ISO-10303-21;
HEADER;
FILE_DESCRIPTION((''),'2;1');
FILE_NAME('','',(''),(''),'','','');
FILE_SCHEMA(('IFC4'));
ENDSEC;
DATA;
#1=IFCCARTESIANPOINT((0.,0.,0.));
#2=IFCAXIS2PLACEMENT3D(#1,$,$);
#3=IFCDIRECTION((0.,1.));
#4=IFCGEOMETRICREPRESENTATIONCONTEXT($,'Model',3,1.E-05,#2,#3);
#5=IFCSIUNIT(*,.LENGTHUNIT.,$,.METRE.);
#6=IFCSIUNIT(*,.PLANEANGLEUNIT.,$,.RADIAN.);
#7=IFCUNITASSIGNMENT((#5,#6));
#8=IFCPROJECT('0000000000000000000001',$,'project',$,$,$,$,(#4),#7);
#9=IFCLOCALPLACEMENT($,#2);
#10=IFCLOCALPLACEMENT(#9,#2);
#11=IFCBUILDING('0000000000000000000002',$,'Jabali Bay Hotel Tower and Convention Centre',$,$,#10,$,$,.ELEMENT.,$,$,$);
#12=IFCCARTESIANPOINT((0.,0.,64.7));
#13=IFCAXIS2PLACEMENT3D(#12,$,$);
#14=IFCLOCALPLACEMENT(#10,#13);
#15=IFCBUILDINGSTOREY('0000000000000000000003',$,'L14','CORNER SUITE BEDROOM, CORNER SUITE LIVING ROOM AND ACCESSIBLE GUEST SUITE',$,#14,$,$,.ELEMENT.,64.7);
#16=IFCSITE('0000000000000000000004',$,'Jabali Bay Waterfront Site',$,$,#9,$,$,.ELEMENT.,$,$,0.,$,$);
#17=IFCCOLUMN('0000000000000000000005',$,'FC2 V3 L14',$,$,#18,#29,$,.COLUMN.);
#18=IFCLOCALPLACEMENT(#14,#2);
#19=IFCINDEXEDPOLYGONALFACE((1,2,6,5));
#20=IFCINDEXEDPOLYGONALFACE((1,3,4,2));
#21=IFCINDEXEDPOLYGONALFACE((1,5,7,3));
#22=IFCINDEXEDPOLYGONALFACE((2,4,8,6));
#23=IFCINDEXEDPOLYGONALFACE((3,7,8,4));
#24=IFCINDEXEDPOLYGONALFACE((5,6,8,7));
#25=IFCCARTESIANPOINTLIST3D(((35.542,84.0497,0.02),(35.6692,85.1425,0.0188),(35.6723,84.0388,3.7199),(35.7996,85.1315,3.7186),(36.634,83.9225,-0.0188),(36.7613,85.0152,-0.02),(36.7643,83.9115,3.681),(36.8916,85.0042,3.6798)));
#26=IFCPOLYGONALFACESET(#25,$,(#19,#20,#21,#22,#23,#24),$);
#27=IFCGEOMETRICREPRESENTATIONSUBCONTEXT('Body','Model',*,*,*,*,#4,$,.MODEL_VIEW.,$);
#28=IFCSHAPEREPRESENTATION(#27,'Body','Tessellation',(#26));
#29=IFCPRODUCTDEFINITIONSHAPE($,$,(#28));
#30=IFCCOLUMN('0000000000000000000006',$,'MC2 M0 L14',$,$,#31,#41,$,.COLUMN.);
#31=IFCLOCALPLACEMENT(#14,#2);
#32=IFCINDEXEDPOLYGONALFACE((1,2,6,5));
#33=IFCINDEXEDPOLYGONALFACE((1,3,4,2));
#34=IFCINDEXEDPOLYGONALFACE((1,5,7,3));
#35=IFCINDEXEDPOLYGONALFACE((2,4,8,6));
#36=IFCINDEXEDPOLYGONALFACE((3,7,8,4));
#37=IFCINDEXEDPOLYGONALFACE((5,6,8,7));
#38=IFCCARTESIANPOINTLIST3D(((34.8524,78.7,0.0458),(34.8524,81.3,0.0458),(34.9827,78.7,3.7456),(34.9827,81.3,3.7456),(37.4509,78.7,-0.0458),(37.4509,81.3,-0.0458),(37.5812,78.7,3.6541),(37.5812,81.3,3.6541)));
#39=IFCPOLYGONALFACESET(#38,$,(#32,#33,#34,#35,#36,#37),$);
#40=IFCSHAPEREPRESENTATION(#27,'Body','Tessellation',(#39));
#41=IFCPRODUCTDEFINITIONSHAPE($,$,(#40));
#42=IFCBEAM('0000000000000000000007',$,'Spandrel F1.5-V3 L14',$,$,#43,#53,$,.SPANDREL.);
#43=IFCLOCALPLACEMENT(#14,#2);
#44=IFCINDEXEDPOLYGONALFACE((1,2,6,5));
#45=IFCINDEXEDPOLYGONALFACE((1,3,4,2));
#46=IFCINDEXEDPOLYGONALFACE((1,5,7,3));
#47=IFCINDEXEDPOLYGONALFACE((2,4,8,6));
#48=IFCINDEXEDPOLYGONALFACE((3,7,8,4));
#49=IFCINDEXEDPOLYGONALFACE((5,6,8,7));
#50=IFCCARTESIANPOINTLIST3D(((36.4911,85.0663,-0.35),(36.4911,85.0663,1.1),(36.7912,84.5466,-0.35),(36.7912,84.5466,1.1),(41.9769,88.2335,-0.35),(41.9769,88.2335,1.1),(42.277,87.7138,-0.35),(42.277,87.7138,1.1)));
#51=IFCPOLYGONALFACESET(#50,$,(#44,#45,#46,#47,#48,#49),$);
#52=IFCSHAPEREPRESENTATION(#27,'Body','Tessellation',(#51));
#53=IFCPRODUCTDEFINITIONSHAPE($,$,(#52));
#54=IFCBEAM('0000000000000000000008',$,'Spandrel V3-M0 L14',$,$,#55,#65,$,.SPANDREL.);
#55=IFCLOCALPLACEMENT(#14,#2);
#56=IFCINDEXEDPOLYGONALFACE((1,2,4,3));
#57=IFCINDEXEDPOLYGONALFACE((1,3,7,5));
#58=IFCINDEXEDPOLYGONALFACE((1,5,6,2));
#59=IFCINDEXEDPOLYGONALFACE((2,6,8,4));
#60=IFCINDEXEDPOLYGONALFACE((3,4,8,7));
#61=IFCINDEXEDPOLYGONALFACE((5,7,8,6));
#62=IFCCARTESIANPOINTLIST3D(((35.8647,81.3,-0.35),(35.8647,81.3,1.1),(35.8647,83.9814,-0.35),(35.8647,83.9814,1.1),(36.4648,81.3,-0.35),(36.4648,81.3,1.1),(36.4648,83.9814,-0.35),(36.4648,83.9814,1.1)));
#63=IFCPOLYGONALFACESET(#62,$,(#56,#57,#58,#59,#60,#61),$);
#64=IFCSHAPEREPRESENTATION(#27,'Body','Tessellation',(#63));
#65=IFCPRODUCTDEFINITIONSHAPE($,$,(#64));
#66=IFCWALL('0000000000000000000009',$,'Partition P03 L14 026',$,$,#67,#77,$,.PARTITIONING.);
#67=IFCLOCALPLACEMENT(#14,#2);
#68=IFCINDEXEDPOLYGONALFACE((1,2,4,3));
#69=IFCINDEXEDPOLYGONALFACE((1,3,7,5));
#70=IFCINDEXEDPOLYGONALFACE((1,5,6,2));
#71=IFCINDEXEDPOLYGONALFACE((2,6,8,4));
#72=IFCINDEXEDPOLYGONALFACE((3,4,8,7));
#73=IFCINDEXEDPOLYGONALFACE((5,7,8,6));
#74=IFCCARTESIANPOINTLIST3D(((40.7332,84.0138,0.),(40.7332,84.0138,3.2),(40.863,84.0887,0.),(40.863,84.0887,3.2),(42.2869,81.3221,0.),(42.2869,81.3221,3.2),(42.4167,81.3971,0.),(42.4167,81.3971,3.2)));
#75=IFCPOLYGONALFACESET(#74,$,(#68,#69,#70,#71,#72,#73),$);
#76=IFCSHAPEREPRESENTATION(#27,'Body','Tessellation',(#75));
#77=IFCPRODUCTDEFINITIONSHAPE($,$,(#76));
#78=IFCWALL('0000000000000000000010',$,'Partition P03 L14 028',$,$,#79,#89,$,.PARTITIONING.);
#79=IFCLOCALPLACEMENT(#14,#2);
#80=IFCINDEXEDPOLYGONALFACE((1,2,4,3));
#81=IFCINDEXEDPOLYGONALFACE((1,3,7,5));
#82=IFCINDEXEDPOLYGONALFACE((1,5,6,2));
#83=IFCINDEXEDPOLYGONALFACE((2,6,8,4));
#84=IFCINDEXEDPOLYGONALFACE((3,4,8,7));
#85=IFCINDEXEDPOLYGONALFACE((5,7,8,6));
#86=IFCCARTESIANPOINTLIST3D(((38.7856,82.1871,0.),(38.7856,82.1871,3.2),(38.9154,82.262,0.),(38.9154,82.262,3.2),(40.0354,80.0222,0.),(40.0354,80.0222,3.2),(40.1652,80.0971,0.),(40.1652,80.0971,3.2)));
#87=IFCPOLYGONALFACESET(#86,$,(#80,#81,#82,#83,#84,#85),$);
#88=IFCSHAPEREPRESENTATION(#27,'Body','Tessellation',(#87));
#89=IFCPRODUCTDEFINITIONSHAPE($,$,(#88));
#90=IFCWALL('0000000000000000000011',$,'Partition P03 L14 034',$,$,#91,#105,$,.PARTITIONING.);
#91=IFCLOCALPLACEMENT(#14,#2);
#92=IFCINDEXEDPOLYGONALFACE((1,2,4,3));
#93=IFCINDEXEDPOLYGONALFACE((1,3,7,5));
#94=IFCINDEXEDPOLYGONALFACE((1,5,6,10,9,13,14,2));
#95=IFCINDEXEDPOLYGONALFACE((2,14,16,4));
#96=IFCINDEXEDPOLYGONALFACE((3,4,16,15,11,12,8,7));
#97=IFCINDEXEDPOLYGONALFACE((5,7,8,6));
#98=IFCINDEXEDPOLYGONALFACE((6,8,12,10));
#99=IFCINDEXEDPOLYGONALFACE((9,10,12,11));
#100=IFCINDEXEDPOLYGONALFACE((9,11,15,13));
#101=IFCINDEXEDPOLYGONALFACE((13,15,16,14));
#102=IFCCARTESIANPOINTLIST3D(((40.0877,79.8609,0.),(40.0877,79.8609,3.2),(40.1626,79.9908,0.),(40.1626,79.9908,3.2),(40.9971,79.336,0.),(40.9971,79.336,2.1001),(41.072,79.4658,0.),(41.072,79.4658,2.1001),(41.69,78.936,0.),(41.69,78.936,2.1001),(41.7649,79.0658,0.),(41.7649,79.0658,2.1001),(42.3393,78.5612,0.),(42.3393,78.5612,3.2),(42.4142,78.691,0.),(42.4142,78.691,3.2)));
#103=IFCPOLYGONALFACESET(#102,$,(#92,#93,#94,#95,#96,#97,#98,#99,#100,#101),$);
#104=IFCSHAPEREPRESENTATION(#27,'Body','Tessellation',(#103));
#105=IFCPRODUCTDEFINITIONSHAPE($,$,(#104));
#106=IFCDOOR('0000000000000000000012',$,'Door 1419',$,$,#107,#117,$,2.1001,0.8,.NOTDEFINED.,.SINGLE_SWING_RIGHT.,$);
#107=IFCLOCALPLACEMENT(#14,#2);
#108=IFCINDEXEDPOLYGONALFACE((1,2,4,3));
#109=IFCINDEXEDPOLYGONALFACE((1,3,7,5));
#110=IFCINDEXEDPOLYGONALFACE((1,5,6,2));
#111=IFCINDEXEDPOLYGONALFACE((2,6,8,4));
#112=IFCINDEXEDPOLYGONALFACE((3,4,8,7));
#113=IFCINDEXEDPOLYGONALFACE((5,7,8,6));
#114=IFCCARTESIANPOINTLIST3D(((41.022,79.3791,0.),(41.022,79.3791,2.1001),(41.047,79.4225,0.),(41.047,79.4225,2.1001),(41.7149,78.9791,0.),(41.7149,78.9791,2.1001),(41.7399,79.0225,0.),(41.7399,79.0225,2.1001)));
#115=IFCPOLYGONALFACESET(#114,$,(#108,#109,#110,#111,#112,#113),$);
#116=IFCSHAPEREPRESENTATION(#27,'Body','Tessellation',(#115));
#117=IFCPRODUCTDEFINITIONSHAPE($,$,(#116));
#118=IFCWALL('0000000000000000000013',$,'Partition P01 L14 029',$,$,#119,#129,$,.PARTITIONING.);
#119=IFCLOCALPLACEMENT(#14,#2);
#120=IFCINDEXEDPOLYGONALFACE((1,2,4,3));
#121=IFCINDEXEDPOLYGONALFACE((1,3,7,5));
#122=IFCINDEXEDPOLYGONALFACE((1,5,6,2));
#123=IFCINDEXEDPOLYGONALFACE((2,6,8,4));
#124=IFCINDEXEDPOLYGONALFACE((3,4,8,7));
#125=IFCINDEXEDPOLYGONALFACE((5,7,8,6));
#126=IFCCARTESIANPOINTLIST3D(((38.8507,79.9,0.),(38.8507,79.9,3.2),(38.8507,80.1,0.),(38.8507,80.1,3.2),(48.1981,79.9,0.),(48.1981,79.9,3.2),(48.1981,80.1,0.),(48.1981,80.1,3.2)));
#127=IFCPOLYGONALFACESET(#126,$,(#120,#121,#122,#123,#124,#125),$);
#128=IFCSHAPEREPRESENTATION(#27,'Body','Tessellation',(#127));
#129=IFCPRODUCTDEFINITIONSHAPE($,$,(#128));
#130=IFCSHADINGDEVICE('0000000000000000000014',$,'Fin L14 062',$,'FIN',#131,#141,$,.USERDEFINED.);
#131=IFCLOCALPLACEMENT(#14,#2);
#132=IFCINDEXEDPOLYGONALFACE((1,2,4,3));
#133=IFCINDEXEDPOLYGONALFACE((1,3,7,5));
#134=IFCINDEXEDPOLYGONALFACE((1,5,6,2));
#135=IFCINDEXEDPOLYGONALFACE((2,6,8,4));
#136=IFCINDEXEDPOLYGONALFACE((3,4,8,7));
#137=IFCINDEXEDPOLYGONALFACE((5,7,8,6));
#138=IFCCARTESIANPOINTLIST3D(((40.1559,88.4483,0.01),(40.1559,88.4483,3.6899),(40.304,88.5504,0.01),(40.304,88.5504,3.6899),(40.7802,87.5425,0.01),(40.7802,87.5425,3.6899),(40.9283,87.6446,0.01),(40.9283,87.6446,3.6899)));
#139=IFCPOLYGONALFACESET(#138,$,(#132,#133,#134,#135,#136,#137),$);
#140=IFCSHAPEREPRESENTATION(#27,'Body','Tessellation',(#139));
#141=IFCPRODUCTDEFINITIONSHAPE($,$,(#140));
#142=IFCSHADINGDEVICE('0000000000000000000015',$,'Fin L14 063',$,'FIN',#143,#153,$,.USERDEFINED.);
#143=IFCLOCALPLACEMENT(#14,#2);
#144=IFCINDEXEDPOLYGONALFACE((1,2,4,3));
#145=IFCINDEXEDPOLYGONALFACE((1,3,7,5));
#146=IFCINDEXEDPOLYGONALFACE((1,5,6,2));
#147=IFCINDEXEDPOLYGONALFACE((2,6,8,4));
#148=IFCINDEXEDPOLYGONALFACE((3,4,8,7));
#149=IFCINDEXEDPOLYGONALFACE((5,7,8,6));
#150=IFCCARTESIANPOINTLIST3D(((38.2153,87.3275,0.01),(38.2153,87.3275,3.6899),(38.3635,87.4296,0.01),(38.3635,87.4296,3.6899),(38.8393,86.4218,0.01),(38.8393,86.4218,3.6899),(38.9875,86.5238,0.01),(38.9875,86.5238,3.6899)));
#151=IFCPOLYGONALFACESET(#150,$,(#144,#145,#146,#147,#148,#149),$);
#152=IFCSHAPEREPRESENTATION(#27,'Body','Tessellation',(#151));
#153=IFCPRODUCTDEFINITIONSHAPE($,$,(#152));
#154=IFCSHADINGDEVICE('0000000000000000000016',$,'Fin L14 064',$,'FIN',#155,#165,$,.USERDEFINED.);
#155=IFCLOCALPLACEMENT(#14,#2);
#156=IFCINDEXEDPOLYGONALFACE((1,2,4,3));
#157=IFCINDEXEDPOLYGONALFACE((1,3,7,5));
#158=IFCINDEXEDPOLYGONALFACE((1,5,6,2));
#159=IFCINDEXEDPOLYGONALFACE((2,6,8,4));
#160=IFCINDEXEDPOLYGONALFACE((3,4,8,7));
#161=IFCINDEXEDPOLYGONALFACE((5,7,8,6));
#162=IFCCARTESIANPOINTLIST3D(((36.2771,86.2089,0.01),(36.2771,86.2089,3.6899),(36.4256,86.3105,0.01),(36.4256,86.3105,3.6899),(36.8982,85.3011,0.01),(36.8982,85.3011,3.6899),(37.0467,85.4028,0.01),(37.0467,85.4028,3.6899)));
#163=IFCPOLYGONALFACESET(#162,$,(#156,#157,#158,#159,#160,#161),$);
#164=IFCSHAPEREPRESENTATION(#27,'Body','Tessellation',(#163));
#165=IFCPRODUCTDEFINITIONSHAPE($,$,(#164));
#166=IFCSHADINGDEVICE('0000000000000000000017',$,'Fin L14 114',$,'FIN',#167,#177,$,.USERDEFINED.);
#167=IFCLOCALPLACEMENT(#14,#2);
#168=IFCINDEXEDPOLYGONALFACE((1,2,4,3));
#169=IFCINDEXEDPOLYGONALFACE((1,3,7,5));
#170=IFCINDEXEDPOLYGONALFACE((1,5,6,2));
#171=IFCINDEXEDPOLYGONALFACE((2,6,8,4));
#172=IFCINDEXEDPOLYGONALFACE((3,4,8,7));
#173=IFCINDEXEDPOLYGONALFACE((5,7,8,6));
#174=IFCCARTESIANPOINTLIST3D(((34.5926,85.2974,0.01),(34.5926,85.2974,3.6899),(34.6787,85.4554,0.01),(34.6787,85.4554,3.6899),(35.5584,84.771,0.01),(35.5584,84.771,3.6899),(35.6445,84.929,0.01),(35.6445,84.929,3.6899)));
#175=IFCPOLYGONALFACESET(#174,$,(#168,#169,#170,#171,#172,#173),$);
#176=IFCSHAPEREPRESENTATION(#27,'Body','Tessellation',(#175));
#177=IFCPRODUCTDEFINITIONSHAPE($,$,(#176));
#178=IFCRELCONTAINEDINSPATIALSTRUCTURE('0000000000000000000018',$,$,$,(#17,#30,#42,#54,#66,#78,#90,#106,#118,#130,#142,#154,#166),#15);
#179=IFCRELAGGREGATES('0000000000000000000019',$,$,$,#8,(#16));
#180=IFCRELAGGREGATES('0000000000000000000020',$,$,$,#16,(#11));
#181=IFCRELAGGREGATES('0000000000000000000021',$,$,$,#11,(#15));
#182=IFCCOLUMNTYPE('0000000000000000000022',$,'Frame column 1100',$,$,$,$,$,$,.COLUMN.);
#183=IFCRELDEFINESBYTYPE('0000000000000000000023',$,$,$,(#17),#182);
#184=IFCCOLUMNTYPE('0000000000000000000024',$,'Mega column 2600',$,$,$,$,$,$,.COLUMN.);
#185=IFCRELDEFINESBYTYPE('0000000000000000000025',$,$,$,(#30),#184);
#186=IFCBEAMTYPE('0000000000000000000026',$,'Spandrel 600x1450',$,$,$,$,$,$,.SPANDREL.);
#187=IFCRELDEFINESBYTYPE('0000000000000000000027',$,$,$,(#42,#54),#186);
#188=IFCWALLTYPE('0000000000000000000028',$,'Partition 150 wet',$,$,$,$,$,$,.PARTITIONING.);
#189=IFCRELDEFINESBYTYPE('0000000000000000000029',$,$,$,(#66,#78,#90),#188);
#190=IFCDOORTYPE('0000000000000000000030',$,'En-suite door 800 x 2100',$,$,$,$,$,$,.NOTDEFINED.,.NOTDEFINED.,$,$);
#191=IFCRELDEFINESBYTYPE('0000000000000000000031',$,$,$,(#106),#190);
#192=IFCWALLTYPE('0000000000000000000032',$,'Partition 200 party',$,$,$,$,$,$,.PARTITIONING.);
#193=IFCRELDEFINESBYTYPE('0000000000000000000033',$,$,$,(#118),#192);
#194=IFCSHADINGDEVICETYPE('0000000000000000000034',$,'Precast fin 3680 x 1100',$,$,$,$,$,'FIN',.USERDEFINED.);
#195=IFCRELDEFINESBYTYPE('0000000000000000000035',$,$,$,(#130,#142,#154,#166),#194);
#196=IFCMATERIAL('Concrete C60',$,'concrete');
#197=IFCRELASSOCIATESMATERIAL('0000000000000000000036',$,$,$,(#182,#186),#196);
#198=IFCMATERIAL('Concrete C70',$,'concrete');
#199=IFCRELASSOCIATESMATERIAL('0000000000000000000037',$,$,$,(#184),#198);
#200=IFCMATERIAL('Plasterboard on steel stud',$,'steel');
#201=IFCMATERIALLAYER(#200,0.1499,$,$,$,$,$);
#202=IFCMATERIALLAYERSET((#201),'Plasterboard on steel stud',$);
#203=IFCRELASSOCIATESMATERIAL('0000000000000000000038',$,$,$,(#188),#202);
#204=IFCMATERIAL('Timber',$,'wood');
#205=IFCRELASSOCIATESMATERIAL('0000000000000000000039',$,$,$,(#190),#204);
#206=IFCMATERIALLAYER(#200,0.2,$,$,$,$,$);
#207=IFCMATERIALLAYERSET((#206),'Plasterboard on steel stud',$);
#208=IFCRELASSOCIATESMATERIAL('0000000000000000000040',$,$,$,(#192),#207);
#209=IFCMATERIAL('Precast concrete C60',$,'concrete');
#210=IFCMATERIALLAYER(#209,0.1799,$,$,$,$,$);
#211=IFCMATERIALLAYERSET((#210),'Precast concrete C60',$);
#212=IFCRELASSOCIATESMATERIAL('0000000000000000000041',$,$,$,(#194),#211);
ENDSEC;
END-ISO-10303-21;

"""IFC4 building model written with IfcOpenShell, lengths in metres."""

from ifc_helpers import new_model, si_unit, direction, frame, frame_2d, origin, origin_2d, place, context, subcontext, project, spatial, rectangle, extrude, material, layer, layer_set, material_profile, profile_set, type_object, element, fill, save


model = new_model("IFC4")

# Units and contexts
model_context = context("Model", 3, precision=1e-05, world=origin(), true_north=direction((0.0, 1.0)))
body_context = subcontext(model_context, "Body", "Model", "MODEL_VIEW")
ifc_project = project(units=[si_unit("LENGTHUNIT", "METRE"), si_unit("PLANEANGLEUNIT", "RADIAN")], contexts=[model_context])

# Site, building, storey
site_placement = place(None, origin())
site = spatial("IfcSite", under=ifc_project, at=site_placement, Name="Jabali Bay Waterfront Site", CompositionType="ELEMENT", RefElevation=0.0)
building_placement = place(site_placement, origin())
building = spatial("IfcBuilding", under=site, at=building_placement, Name="Jabali Bay Hotel Tower and Convention Centre", CompositionType="ELEMENT")
storey_placement = place(building_placement, frame((0.0, 0.0, 64.7)))
storey = spatial("IfcBuildingStorey", under=building, at=storey_placement, Name="L14", Description="CORNER SUITE BEDROOM, CORNER SUITE LIVING ROOM AND ACCESSIBLE GUEST SUITE", CompositionType="ELEMENT", Elevation=64.7)

# Columns
ifc_material_1 = material(Name="Concrete C60", Category="concrete")
ifc_material_profile_1 = material_profile(ifc_material_1, rectangle(XDim=1.1001, YDim=1.1001, at=origin_2d()), Name="Frame column 1100")
ifc_profile_set_1 = profile_set([ifc_material_profile_1], Name="Concrete C60")
column_type_1 = type_object("IfcColumnType", Name="Frame column 1100", PredefinedType="COLUMN", material=ifc_profile_set_1)
column_1_placement = place(storey_placement, frame((36.1516, 84.5325, 0.0), z_axis=(0.035214, -0.002967, 0.999375), x_axis=(-0.992659, 0.115677, 0.035321)))
element("IfcColumn", 1, at=column_1_placement, inside=storey, type_object=column_type_1, Name="FC2 V3 L14", PredefinedType="COLUMN", context=body_context, shape_type="SweptSolid", body=[
    extrude(rectangle(XDim=1.1001, YDim=1.1001, at=origin_2d()), origin(), (0.0, 0.0, 1.0), 3.7021),
])
ifc_material_2 = material(Name="Concrete C70", Category="concrete")
ifc_material_profile_2 = material_profile(ifc_material_2, rectangle(XDim=2.6001, YDim=2.6001, at=origin_2d()), Name="Mega column 2600")
ifc_profile_set_2 = profile_set([ifc_material_profile_2], Name="Concrete C70")
column_type_2 = type_object("IfcColumnType", Name="Mega column 2600", PredefinedType="COLUMN", material=ifc_profile_set_2)
column_2_placement = place(storey_placement, frame((36.1516, 80.0, 0.0), z_axis=(0.035214, 0.0, 0.99938), x_axis=(0.0, 1.0, 0.0)))
element("IfcColumn", 2, at=column_2_placement, inside=storey, type_object=column_type_2, Name="MC2 M0 L14", PredefinedType="COLUMN", context=body_context, shape_type="SweptSolid", body=[
    extrude(rectangle(XDim=2.6001, YDim=2.6001, at=origin_2d()), origin(), (0.0, 0.0, 1.0), 3.7021),
])

# Beams
ifc_material_profile_3 = material_profile(ifc_material_1, rectangle(XDim=0.6001, YDim=1.45, at=origin_2d()), Name="Spandrel 600x1450")
ifc_profile_set_3 = profile_set([ifc_material_profile_3], Name="Concrete C60")
beam_type = type_object("IfcBeamType", Name="Spandrel 600x1450", PredefinedType="SPANDREL", material=ifc_profile_set_3)
beam_1_placement = place(storey_placement, frame((42.127, 87.9736, 0.375), z_axis=(-0.866026, -0.499998, 0.0), x_axis=(0.499998, -0.866026, 0.0)))
element("IfcBeam", 3, at=beam_1_placement, inside=storey, type_object=beam_type, Name="Spandrel F1.5-V3 L14", PredefinedType="SPANDREL", context=body_context, shape_type="SweptSolid", body=[
    extrude(rectangle(XDim=0.6001, YDim=1.45, at=origin_2d()), origin(), (0.0, 0.0, 1.0), 6.3345),
])
beam_2_placement = place(storey_placement, frame((36.1648, 83.9814, 0.375), z_axis=(0.0, -1.0, 0.0), x_axis=(1.0, 0.0, 0.0)))
element("IfcBeam", 4, at=beam_2_placement, inside=storey, type_object=beam_type, Name="Spandrel V3-M0 L14", PredefinedType="SPANDREL", context=body_context, shape_type="SweptSolid", body=[
    extrude(rectangle(XDim=0.6001, YDim=1.45, at=origin_2d()), origin(), (0.0, 0.0, 1.0), 2.6814),
])

# Walls
ifc_material_3 = material(Name="Plasterboard on steel stud", Category="steel")
ifc_layer_1 = layer(ifc_material_3, 0.1499)
ifc_layer_set_1 = layer_set([ifc_layer_1], Name="Plasterboard on steel stud")
wall_type_1 = type_object("IfcWallType", Name="Partition 150 wet", PredefinedType="PARTITIONING", material=ifc_layer_set_1)
wall_1_placement = place(storey_placement, frame((40.7981, 84.0513, 0.0), z_axis=(0.0, 0.0, 1.0), x_axis=(0.499924, -0.866069, 0.0)))
element("IfcWall", 5, at=wall_1_placement, inside=storey, type_object=wall_type_1, Name="Partition P03 L14 026", PredefinedType="PARTITIONING", context=body_context, shape_type="SweptSolid", body=[
    extrude(rectangle(XDim=3.1079, YDim=0.1499, at=frame_2d((1.554, 0.0))), origin(), (0.0, 0.0, 1.0), 3.2),
])
wall_2_placement = place(storey_placement, frame((40.1003, 80.0596, 0.0), z_axis=(0.0, 0.0, 1.0), x_axis=(-0.499973, 0.866041, 0.0)))
element("IfcWall", 6, at=wall_2_placement, inside=storey, type_object=wall_type_1, Name="Partition P03 L14 028", PredefinedType="PARTITIONING", context=body_context, shape_type="SweptSolid", body=[
    extrude(rectangle(XDim=2.4998, YDim=0.1499, at=frame_2d((1.25, 0.0))), origin(), (0.0, 0.0, 1.0), 3.2),
])

# Wall, opening, door
wall_3_placement = place(storey_placement, frame((40.1252, 79.9258, 0.0), z_axis=(0.0, 0.0, 1.0), x_axis=(0.866062, -0.499937, 0.0)))
wall_3 = element("IfcWall", 7, at=wall_3_placement, inside=storey, type_object=wall_type_1, Name="Partition P03 L14 034", PredefinedType="PARTITIONING", context=body_context, shape_type="SweptSolid", body=[
    extrude(rectangle(XDim=2.5999, YDim=0.1499, at=frame_2d((1.2998, 0.0))), origin(), (0.0, 0.0, 1.0), 3.2),
])
opening_1_placement = place(wall_3_placement, frame((1.05, 0.0, 0.0)))
opening_1 = element("IfcOpeningElement", 8, at=opening_1_placement, cuts=wall_3, PredefinedType="OPENING", context=body_context, shape_type="SweptSolid", body=[
    extrude(rectangle(XDim=0.8, YDim=2.1001, at=frame_2d((0.3999, 1.05))), frame((0.0, 0.0854, 0.0), z_axis=(0.0, -1.0, 0.0), x_axis=(1.0, 0.0, 0.0)), (0.0, 0.0, 1.0), 0.1709),
])
ifc_material_4 = material(Name="Timber", Category="wood")
door_type_1 = type_object("IfcDoorType", Name="En-suite door 800 x 2100", OperationType="NOTDEFINED", PredefinedType="NOTDEFINED", material=ifc_material_4)
door_1_placement = place(opening_1_placement, origin())
door_1 = element("IfcDoor", 9, at=door_1_placement, inside=storey, type_object=door_type_1, Name="Door 1419", OperationType="SINGLE_SWING_RIGHT", OverallHeight=2.1001, OverallWidth=0.8, PredefinedType="NOTDEFINED", context=body_context, shape_type="SweptSolid", body=[
    extrude(rectangle(XDim=0.8, YDim=2.1001, at=frame_2d((0.3999, 1.05))), frame((0.0, 0.0249, 0.0), z_axis=(0.0, -1.0, 0.0), x_axis=(1.0, 0.0, 0.0)), (0.0, 0.0, 1.0), 0.05),
])
fill(opening_1, door_1)

# Wall
ifc_layer_2 = layer(ifc_material_3, 0.2)
ifc_layer_set_2 = layer_set([ifc_layer_2], Name="Plasterboard on steel stud")
wall_type_2 = type_object("IfcWallType", Name="Partition 200 party", PredefinedType="PARTITIONING", material=ifc_layer_set_2)
wall_4_placement = place(storey_placement, frame((38.8506, 80.0, 0.0), z_axis=(0.0, 0.0, 1.0), x_axis=(1.0, 0.0, 0.0)))
element("IfcWall", 10, at=wall_4_placement, inside=storey, type_object=wall_type_2, Name="Partition P01 L14 029", PredefinedType="PARTITIONING", context=body_context, shape_type="SweptSolid", body=[
    extrude(rectangle(XDim=9.3474, YDim=0.2, at=frame_2d((4.6738, 0.0))), origin(), (0.0, 0.0, 1.0), 3.2),
])

# Shading devices
ifc_material_5 = material(Name="Precast concrete C60", Category="concrete")
ifc_layer_3 = layer(ifc_material_5, 0.1799)
ifc_layer_set_3 = layer_set([ifc_layer_3], Name="Precast concrete C60")
shading_device_type_1 = type_object("IfcShadingDeviceType", Name="Precast fin 3680 x 1100", ElementType="FIN", PredefinedType="USERDEFINED", material=ifc_layer_set_3)
shading_device_placement = place(storey_placement, frame((40.8542, 87.5935, 0.01), z_axis=(0.0, 0.0, 1.0), x_axis=(-0.567489, 0.823381, 0.0)))
element("IfcShadingDevice", 11, at=shading_device_placement, inside=storey, type_object=shading_device_type_1, Name="Fin L14 062", ObjectType="FIN", PredefinedType="USERDEFINED", context=body_context, shape_type="SweptSolid", body=[
    extrude(rectangle(XDim=1.1001, YDim=0.1799, at=frame_2d((0.55, 0.0))), origin(), (0.0, 0.0, 1.0), 3.6799),
])
for number, where, z_axis, x_axis, name in (
    (12, (38.9133, 86.4729, 0.01), (0.0, 0.0, 1.0), (-0.567339, 0.823485, 0.0), "Fin L14 063"),
    (13, (36.9724, 85.3521, 0.01), (0.0, 0.0, 1.0), (-0.5647, 0.825296, 0.0), "Fin L14 064"),
    (14, (35.6013, 84.8501, 0.01), (0.0, 0.0, 1.0), (-0.878065, 0.478541, 0.0), "Fin L14 114"),
):
    element("IfcShadingDevice", number, at=place(storey_placement, frame(where, z_axis=z_axis, x_axis=x_axis)), inside=storey, type_object=shading_device_type_1, Name=name, ObjectType="FIN", PredefinedType="USERDEFINED", context=body_context, shape_type="SweptSolid", body=[
        extrude(rectangle(XDim=1.0999, YDim=0.1799, at=frame_2d((0.5498, 0.0))), origin(), (0.0, 0.0, 1.0), 3.6799),
    ])

save(model, "model.ifc")
